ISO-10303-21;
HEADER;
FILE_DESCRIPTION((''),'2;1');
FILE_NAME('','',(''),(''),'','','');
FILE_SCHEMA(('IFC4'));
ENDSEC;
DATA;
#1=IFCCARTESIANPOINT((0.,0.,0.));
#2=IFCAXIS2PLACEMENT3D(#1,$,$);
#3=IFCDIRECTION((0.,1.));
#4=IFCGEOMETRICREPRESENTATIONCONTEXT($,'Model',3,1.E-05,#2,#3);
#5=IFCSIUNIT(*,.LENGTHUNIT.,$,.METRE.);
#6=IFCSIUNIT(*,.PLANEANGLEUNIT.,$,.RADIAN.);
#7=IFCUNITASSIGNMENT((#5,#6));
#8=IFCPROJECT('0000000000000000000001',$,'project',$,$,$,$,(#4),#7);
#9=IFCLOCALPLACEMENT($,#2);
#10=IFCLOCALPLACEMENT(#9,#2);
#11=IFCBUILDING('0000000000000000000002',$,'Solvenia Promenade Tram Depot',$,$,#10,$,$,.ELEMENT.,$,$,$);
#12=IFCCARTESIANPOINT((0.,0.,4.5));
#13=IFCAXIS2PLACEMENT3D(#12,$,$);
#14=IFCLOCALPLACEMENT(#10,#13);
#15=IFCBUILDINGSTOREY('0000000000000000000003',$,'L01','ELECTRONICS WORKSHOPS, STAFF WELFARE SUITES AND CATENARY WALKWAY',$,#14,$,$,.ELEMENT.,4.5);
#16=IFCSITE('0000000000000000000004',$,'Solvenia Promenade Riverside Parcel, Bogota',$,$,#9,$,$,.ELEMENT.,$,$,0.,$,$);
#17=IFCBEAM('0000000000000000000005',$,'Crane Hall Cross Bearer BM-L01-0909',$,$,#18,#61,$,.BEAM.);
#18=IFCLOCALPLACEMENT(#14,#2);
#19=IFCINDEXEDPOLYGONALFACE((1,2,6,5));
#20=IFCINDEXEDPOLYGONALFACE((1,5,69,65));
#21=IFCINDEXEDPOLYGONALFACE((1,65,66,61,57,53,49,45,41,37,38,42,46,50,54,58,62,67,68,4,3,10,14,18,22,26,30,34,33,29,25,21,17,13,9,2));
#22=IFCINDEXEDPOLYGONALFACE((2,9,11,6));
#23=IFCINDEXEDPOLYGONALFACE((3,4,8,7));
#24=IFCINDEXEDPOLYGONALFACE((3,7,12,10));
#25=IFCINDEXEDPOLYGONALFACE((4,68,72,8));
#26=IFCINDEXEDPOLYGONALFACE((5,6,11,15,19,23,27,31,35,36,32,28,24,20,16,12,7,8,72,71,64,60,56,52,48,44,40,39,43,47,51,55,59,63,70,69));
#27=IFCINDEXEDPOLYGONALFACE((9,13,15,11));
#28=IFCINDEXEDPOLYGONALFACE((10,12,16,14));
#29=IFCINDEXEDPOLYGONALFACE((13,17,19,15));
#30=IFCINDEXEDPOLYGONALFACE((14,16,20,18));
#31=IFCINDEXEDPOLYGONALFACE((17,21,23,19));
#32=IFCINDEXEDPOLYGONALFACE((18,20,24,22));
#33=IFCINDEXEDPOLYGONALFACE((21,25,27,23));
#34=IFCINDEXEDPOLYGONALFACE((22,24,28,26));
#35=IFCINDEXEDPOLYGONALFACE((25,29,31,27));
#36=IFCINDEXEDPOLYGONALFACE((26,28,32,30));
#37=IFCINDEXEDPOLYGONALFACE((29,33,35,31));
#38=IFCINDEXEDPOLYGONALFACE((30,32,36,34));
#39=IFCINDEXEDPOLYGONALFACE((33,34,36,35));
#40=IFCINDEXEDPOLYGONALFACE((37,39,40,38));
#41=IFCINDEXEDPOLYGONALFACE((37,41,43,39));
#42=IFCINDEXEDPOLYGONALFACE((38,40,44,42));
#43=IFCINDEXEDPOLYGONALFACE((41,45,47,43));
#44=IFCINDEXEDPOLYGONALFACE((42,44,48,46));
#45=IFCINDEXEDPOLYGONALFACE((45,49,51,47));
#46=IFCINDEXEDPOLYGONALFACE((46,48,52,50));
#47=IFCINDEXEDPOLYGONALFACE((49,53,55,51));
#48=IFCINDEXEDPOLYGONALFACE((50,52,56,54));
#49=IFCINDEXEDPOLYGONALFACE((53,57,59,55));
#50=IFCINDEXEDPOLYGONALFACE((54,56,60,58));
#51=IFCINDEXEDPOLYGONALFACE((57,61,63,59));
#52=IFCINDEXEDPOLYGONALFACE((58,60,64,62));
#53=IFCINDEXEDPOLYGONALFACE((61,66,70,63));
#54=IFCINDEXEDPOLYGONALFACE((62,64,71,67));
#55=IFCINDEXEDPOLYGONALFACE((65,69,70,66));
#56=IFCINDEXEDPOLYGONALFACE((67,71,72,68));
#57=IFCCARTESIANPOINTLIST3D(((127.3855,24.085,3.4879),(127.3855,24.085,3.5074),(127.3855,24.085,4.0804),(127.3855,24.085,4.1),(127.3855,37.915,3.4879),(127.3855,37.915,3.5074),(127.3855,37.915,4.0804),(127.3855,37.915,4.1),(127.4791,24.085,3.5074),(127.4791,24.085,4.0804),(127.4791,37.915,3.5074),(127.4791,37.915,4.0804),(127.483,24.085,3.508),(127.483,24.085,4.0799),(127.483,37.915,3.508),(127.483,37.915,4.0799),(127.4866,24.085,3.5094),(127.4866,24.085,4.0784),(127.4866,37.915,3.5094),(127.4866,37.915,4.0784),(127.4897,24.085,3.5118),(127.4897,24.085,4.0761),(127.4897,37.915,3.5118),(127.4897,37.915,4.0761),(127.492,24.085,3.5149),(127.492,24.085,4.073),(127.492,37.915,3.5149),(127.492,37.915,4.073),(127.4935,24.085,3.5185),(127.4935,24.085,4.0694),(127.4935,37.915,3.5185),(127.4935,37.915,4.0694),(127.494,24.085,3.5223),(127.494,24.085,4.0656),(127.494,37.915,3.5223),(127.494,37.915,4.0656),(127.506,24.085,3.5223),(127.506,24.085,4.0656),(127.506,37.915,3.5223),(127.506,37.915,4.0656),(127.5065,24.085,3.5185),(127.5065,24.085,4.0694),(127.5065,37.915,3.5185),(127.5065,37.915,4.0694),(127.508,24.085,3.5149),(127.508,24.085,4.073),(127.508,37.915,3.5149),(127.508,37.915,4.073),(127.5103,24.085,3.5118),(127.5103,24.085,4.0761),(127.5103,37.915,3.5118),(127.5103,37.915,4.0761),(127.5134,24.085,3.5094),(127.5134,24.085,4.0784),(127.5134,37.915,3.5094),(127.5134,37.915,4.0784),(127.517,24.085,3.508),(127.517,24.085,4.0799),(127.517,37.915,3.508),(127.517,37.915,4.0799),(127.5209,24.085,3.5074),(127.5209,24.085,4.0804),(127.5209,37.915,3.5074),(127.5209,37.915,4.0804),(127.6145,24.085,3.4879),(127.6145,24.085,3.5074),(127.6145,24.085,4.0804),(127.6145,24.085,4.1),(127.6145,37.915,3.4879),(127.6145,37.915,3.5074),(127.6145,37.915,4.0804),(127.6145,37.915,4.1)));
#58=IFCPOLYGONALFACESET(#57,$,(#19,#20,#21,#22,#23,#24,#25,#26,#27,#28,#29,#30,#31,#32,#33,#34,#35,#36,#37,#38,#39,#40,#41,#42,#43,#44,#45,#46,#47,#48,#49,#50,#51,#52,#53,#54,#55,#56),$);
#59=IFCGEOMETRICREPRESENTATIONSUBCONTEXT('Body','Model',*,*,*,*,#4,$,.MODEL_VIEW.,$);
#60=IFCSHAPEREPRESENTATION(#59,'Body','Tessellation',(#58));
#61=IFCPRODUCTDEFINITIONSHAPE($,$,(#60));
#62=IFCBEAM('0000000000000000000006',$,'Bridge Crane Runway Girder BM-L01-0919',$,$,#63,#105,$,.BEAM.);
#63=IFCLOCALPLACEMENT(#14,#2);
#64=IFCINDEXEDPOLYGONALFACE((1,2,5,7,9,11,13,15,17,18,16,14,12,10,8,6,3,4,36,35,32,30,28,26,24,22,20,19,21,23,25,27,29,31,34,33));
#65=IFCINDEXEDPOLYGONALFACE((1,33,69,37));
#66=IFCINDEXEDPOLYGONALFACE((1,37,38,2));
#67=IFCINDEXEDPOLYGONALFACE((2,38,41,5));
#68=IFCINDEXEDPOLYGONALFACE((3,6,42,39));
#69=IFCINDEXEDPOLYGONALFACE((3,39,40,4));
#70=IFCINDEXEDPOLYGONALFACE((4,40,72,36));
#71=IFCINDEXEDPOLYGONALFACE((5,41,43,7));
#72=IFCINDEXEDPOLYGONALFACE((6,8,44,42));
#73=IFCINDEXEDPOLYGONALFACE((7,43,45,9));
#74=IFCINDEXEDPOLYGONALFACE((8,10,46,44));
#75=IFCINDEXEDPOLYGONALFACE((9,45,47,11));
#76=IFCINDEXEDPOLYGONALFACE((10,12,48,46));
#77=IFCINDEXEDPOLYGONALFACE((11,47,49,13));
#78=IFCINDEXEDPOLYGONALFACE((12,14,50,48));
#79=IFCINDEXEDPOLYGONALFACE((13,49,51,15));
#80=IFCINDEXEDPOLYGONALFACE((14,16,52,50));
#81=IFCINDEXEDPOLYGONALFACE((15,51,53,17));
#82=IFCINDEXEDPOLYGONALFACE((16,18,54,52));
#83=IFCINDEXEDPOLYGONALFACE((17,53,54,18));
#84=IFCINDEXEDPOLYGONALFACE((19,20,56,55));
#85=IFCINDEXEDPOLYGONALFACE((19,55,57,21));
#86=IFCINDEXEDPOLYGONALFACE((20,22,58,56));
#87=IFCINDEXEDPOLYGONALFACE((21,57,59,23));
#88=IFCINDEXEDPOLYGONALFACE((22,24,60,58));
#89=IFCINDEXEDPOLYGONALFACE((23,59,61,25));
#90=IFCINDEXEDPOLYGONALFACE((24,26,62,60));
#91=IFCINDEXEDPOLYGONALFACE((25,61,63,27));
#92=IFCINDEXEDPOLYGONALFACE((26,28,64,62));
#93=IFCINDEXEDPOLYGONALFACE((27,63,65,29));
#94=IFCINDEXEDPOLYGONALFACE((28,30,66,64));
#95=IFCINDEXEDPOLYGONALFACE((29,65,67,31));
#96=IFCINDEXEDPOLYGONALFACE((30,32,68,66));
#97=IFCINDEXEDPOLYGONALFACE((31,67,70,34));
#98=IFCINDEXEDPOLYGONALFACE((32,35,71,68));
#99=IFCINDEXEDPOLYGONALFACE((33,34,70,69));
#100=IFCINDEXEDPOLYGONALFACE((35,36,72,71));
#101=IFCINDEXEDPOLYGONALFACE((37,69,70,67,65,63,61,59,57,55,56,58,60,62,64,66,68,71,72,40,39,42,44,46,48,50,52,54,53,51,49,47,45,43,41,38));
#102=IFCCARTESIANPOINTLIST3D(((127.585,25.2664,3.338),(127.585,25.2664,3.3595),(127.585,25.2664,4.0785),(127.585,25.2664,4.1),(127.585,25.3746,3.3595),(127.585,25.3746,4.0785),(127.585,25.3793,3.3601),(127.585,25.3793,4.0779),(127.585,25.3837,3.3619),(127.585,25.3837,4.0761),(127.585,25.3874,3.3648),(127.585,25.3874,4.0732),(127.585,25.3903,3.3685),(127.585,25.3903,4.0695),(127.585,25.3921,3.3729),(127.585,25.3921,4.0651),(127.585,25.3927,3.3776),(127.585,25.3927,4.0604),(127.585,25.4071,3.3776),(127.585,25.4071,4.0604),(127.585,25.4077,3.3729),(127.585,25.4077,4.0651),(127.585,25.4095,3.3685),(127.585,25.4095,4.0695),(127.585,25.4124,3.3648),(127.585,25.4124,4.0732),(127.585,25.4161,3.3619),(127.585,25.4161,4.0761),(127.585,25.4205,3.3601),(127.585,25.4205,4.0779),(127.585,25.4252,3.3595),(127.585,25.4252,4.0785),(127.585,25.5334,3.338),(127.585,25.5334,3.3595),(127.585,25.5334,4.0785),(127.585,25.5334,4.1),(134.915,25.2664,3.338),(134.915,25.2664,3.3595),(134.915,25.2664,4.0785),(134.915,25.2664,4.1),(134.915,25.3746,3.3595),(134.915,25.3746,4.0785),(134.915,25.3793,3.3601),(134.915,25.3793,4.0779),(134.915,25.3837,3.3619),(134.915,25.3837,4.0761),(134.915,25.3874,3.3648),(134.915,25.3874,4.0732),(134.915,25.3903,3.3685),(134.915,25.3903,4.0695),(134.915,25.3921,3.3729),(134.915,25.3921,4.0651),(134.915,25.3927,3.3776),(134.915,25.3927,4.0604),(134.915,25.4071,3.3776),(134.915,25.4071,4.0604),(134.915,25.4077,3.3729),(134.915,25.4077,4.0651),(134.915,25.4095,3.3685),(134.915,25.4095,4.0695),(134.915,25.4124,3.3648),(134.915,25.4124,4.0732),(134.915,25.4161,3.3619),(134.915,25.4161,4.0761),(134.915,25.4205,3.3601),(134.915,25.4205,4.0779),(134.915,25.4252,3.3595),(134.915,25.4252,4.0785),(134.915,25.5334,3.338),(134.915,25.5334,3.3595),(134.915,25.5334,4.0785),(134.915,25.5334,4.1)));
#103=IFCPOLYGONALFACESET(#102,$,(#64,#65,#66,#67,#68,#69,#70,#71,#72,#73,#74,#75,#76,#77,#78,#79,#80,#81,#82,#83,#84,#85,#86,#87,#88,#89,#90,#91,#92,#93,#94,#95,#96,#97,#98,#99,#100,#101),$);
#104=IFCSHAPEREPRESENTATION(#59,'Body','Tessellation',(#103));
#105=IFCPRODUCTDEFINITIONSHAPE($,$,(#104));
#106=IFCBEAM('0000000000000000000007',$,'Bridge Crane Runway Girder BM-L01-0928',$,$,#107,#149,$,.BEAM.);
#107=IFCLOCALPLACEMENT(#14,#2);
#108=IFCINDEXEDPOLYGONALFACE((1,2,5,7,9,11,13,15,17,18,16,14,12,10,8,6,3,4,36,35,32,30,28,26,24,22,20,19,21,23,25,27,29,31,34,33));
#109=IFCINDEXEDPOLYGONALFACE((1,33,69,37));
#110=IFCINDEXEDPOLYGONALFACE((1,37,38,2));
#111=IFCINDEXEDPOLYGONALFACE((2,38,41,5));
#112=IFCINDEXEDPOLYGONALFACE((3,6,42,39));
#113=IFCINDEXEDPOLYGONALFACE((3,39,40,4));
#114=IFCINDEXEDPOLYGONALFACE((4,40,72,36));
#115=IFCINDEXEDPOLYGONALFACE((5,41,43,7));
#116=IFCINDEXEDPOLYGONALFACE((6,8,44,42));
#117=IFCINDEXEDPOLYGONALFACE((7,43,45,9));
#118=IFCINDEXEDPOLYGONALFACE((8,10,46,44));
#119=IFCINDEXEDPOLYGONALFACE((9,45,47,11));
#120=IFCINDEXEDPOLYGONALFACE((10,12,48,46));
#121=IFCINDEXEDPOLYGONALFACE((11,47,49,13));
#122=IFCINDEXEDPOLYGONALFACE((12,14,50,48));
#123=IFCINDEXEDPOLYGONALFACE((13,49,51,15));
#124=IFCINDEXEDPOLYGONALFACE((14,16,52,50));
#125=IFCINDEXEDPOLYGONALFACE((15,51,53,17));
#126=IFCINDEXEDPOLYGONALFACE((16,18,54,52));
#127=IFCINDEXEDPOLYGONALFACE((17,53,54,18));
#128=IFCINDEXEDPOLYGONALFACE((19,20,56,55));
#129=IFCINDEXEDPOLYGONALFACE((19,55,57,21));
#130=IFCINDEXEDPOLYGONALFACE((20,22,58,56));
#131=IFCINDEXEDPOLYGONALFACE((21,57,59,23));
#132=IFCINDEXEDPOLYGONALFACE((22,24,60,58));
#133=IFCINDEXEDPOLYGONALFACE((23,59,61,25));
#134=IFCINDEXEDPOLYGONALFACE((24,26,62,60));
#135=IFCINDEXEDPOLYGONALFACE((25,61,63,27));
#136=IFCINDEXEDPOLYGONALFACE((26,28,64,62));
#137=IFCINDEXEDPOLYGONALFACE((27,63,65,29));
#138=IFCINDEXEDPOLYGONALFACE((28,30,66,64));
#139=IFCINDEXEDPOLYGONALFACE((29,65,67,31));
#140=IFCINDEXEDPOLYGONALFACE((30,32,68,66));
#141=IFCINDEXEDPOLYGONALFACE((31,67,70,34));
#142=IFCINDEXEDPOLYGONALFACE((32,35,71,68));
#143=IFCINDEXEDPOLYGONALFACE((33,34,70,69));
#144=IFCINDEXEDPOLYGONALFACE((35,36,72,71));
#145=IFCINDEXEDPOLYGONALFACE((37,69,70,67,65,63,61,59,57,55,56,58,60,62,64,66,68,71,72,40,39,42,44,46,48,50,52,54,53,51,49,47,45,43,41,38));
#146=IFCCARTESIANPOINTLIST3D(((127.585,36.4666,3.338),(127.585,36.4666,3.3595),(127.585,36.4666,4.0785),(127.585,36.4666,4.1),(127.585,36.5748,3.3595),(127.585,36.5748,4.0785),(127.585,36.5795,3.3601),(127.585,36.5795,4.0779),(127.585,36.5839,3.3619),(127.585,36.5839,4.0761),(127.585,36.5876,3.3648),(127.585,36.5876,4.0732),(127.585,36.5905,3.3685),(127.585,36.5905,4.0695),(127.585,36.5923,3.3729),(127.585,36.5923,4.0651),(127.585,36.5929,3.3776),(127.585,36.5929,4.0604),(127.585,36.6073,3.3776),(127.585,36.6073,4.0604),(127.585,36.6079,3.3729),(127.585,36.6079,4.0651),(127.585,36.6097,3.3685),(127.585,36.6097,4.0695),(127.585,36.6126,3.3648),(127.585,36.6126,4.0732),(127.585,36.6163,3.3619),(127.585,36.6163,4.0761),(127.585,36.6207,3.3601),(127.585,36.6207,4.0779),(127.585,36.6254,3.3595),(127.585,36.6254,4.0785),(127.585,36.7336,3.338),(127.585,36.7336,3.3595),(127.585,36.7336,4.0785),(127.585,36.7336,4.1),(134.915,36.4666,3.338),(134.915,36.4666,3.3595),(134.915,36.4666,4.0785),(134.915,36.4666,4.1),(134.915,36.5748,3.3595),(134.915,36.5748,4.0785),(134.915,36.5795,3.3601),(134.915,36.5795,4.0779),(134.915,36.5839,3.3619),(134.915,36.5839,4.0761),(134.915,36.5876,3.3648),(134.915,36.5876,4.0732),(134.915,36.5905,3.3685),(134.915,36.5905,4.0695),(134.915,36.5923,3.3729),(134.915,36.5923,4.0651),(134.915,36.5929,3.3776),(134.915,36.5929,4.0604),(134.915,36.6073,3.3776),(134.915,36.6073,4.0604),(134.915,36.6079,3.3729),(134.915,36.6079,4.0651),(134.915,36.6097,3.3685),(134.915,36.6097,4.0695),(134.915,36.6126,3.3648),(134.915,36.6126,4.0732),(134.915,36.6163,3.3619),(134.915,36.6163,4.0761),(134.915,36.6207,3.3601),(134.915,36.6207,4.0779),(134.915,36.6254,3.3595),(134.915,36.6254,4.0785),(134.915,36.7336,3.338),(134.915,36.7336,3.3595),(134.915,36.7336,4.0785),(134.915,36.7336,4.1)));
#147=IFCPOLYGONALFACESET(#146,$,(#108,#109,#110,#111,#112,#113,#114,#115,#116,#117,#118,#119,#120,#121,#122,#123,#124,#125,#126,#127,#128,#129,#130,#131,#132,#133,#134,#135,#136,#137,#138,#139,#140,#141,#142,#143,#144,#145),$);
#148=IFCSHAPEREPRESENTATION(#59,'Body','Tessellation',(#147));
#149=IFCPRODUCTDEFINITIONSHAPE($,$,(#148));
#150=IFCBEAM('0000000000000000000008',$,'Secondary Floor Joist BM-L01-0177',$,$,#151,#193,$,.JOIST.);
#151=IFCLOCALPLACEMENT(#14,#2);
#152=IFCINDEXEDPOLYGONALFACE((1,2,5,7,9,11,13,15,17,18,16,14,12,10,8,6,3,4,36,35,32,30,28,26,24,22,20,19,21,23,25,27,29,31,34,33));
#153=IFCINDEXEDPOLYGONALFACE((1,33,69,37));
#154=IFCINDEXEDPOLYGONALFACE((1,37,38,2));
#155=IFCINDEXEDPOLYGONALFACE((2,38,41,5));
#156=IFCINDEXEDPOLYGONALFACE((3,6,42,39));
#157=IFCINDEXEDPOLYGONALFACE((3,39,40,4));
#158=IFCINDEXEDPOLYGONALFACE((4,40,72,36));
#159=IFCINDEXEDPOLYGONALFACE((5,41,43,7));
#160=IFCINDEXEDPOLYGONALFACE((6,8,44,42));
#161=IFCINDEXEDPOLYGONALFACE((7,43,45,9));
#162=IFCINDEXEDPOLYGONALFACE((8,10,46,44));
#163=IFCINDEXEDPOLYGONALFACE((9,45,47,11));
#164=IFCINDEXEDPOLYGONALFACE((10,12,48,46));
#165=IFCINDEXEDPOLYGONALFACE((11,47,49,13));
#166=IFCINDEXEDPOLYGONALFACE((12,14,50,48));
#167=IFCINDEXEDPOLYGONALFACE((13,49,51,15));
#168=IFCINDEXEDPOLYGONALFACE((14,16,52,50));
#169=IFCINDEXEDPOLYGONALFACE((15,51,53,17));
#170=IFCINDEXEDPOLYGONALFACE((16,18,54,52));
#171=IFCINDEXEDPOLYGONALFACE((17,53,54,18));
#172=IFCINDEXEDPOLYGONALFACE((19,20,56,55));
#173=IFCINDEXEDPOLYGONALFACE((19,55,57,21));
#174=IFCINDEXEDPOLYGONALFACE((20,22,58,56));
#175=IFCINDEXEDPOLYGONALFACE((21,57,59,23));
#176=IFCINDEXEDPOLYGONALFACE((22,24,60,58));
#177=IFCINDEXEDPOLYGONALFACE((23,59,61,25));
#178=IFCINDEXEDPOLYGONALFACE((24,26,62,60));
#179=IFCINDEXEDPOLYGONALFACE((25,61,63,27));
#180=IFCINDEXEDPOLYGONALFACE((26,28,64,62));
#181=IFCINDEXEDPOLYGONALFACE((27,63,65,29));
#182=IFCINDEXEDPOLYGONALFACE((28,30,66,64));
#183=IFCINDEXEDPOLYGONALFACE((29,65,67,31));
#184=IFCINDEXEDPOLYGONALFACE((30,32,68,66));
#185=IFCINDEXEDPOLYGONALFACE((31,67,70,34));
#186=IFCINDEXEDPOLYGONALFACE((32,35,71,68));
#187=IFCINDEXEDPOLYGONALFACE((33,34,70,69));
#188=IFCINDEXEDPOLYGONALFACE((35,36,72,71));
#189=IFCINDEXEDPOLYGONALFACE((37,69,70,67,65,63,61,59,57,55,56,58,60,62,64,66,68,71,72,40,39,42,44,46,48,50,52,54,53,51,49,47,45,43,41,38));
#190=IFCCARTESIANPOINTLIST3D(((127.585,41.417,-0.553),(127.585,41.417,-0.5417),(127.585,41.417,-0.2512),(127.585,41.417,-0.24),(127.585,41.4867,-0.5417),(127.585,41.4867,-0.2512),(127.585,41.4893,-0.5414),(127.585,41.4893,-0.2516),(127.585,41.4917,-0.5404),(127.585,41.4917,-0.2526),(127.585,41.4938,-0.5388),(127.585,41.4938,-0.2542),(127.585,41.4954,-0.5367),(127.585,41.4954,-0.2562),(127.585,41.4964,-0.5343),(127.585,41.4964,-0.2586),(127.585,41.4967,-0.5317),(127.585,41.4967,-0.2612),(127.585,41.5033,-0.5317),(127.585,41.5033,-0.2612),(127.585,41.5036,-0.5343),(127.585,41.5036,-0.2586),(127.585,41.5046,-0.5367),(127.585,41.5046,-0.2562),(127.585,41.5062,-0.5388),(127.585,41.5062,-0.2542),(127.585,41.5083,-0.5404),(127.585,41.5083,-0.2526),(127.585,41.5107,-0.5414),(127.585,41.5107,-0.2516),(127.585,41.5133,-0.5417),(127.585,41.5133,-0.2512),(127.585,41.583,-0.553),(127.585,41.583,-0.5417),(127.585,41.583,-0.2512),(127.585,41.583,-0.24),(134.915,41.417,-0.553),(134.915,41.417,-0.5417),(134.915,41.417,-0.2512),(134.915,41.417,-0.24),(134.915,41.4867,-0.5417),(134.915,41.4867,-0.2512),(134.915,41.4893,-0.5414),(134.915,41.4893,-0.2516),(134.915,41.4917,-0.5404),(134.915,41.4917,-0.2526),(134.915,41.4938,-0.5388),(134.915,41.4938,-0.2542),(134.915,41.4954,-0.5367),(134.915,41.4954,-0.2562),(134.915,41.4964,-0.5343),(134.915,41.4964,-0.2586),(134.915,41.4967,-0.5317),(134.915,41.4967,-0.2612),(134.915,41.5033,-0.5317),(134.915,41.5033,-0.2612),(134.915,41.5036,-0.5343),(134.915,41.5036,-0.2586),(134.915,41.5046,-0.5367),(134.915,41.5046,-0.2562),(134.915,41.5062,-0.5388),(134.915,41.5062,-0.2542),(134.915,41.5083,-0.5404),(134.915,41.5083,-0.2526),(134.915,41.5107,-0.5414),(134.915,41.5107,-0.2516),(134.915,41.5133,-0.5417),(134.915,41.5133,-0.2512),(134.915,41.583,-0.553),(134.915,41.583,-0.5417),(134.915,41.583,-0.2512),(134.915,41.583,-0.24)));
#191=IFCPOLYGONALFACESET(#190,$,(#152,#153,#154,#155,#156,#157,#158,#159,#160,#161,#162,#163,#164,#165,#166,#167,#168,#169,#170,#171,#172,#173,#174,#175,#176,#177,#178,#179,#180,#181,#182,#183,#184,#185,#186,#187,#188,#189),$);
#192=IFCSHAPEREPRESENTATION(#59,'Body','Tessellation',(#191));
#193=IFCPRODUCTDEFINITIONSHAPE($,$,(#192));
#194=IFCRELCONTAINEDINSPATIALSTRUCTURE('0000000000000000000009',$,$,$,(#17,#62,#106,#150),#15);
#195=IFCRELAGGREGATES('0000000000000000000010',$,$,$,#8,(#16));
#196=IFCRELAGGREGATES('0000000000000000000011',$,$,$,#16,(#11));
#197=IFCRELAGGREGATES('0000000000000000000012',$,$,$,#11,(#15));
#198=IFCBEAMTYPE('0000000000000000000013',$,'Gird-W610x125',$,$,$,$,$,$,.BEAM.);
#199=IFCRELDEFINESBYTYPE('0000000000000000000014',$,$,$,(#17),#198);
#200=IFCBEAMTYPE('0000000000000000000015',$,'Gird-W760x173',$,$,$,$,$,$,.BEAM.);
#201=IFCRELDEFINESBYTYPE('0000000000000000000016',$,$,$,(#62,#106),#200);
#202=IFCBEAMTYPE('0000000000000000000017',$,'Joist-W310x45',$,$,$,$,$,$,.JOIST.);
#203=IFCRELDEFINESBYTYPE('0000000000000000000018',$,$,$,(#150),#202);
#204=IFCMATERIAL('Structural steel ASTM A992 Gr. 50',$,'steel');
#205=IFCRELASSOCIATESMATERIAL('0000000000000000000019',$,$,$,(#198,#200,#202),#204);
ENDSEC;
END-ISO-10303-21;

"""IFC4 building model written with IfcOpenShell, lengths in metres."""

from ifc_helpers import new_model, si_unit, direction, frame, origin, origin_2d, place, context, subcontext, project, spatial, i_section, extrude, material, material_profile, profile_set, type_object, element, save


model = new_model("IFC4")

# Units and contexts
model_context = context("Model", 3, precision=1e-05, world=origin(), true_north=direction((0.0, 1.0)))
body_context = subcontext(model_context, "Body", "Model", "MODEL_VIEW")
ifc_project = project(units=[si_unit("LENGTHUNIT", "METRE"), si_unit("PLANEANGLEUNIT", "RADIAN")], contexts=[model_context])

# Site, building, storey
site_placement = place(None, origin())
site = spatial("IfcSite", under=ifc_project, at=site_placement, Name="Solvenia Promenade Riverside Parcel, Bogota", CompositionType="ELEMENT", RefElevation=0.0)
building_placement = place(site_placement, origin())
building = spatial("IfcBuilding", under=site, at=building_placement, Name="Solvenia Promenade Tram Depot", CompositionType="ELEMENT")
storey_placement = place(building_placement, frame((0.0, 0.0, 4.5)))
storey = spatial("IfcBuildingStorey", under=building, at=storey_placement, Name="L01", Description="ELECTRONICS WORKSHOPS, STAFF WELFARE SUITES AND CATENARY WALKWAY", CompositionType="ELEMENT", Elevation=4.5)

# Shared definitions
ifc_material_1 = material(Name="Structural steel ASTM A992 Gr. 50", Category="steel")

# Beams
ifc_material_profile_1 = material_profile(ifc_material_1, i_section(OverallWidth=0.229, OverallDepth=0.6121, WebThickness=0.012, FlangeThickness=0.0195, FilletRadius=0.0149, at=origin_2d()), Name="W610x125", Category="steel")
ifc_profile_set_1 = profile_set([ifc_material_profile_1], Name="Structural steel ASTM A992 Gr. 50")
beam_type_1 = type_object("IfcBeamType", Name="Gird-W610x125", PredefinedType="BEAM", material=ifc_profile_set_1)
for number, where, z_axis, x_axis, name in (
    (1, (127.5, 24.085, 3.7939), (0.0, 1.0, 0.0), (-1.0, 0.0, 0.0), "Crane Hall Cross Bearer BM-L01-0909"),
):
    element("IfcBeam", number, at=place(storey_placement, frame(where, z_axis=z_axis, x_axis=x_axis)), inside=storey, type_object=beam_type_1, Name=name, PredefinedType="BEAM", context=body_context, shape_type="SweptSolid", body=[
        extrude(i_section(OverallWidth=0.229, OverallDepth=0.6121, WebThickness=0.012, FlangeThickness=0.0195, FilletRadius=0.0149, at=origin_2d()), origin(), (0.0, 0.0, 1.0), 13.8301),
    ])
ifc_material_profile_2 = material_profile(ifc_material_1, i_section(OverallWidth=0.2671, OverallDepth=0.762, WebThickness=0.0144, FlangeThickness=0.0215, FilletRadius=0.0181, at=origin_2d()), Name="W760x173", Category="steel")
ifc_profile_set_2 = profile_set([ifc_material_profile_2], Name="Structural steel ASTM A992 Gr. 50")
beam_type_2 = type_object("IfcBeamType", Name="Gird-W760x173", PredefinedType="BEAM", material=ifc_profile_set_2)
for number, where, z_axis, x_axis, name in (
    (2, (127.585, 25.3999, 3.719), (1.0, 0.0, 0.0), (0.0, 1.0, 0.0), "Bridge Crane Runway Girder BM-L01-0919"),
    (3, (127.585, 36.6001, 3.719), (1.0, 0.0, 0.0), (0.0, 1.0, 0.0), "Bridge Crane Runway Girder BM-L01-0928"),
):
    element("IfcBeam", number, at=place(storey_placement, frame(where, z_axis=z_axis, x_axis=x_axis)), inside=storey, type_object=beam_type_2, Name=name, PredefinedType="BEAM", context=body_context, shape_type="SweptSolid", body=[
        extrude(i_section(OverallWidth=0.2671, OverallDepth=0.762, WebThickness=0.0144, FlangeThickness=0.0215, FilletRadius=0.0181, at=origin_2d()), origin(), (0.0, 0.0, 1.0), 7.3301),
    ])
ifc_material_profile_3 = material_profile(ifc_material_1, i_section(OverallWidth=0.166, OverallDepth=0.313, WebThickness=0.0066, FlangeThickness=0.0112, FilletRadius=0.01, at=origin_2d()), Name="W310x45", Category="steel")
ifc_profile_set_3 = profile_set([ifc_material_profile_3], Name="Structural steel ASTM A992 Gr. 50")
beam_type_3 = type_object("IfcBeamType", Name="Joist-W310x45", PredefinedType="JOIST", material=ifc_profile_set_3)
beam_placement = place(storey_placement, frame((127.585, 41.5, -0.3965), z_axis=(1.0, 0.0, 0.0), x_axis=(0.0, 1.0, 0.0)))
element("IfcBeam", 4, at=beam_placement, inside=storey, type_object=beam_type_3, Name="Secondary Floor Joist BM-L01-0177", PredefinedType="JOIST", context=body_context, shape_type="SweptSolid", body=[
    extrude(i_section(OverallWidth=0.166, OverallDepth=0.313, WebThickness=0.0066, FlangeThickness=0.0112, FilletRadius=0.01, at=origin_2d()), origin(), (0.0, 0.0, 1.0), 7.3301),
])

save(model, "model.ifc")
